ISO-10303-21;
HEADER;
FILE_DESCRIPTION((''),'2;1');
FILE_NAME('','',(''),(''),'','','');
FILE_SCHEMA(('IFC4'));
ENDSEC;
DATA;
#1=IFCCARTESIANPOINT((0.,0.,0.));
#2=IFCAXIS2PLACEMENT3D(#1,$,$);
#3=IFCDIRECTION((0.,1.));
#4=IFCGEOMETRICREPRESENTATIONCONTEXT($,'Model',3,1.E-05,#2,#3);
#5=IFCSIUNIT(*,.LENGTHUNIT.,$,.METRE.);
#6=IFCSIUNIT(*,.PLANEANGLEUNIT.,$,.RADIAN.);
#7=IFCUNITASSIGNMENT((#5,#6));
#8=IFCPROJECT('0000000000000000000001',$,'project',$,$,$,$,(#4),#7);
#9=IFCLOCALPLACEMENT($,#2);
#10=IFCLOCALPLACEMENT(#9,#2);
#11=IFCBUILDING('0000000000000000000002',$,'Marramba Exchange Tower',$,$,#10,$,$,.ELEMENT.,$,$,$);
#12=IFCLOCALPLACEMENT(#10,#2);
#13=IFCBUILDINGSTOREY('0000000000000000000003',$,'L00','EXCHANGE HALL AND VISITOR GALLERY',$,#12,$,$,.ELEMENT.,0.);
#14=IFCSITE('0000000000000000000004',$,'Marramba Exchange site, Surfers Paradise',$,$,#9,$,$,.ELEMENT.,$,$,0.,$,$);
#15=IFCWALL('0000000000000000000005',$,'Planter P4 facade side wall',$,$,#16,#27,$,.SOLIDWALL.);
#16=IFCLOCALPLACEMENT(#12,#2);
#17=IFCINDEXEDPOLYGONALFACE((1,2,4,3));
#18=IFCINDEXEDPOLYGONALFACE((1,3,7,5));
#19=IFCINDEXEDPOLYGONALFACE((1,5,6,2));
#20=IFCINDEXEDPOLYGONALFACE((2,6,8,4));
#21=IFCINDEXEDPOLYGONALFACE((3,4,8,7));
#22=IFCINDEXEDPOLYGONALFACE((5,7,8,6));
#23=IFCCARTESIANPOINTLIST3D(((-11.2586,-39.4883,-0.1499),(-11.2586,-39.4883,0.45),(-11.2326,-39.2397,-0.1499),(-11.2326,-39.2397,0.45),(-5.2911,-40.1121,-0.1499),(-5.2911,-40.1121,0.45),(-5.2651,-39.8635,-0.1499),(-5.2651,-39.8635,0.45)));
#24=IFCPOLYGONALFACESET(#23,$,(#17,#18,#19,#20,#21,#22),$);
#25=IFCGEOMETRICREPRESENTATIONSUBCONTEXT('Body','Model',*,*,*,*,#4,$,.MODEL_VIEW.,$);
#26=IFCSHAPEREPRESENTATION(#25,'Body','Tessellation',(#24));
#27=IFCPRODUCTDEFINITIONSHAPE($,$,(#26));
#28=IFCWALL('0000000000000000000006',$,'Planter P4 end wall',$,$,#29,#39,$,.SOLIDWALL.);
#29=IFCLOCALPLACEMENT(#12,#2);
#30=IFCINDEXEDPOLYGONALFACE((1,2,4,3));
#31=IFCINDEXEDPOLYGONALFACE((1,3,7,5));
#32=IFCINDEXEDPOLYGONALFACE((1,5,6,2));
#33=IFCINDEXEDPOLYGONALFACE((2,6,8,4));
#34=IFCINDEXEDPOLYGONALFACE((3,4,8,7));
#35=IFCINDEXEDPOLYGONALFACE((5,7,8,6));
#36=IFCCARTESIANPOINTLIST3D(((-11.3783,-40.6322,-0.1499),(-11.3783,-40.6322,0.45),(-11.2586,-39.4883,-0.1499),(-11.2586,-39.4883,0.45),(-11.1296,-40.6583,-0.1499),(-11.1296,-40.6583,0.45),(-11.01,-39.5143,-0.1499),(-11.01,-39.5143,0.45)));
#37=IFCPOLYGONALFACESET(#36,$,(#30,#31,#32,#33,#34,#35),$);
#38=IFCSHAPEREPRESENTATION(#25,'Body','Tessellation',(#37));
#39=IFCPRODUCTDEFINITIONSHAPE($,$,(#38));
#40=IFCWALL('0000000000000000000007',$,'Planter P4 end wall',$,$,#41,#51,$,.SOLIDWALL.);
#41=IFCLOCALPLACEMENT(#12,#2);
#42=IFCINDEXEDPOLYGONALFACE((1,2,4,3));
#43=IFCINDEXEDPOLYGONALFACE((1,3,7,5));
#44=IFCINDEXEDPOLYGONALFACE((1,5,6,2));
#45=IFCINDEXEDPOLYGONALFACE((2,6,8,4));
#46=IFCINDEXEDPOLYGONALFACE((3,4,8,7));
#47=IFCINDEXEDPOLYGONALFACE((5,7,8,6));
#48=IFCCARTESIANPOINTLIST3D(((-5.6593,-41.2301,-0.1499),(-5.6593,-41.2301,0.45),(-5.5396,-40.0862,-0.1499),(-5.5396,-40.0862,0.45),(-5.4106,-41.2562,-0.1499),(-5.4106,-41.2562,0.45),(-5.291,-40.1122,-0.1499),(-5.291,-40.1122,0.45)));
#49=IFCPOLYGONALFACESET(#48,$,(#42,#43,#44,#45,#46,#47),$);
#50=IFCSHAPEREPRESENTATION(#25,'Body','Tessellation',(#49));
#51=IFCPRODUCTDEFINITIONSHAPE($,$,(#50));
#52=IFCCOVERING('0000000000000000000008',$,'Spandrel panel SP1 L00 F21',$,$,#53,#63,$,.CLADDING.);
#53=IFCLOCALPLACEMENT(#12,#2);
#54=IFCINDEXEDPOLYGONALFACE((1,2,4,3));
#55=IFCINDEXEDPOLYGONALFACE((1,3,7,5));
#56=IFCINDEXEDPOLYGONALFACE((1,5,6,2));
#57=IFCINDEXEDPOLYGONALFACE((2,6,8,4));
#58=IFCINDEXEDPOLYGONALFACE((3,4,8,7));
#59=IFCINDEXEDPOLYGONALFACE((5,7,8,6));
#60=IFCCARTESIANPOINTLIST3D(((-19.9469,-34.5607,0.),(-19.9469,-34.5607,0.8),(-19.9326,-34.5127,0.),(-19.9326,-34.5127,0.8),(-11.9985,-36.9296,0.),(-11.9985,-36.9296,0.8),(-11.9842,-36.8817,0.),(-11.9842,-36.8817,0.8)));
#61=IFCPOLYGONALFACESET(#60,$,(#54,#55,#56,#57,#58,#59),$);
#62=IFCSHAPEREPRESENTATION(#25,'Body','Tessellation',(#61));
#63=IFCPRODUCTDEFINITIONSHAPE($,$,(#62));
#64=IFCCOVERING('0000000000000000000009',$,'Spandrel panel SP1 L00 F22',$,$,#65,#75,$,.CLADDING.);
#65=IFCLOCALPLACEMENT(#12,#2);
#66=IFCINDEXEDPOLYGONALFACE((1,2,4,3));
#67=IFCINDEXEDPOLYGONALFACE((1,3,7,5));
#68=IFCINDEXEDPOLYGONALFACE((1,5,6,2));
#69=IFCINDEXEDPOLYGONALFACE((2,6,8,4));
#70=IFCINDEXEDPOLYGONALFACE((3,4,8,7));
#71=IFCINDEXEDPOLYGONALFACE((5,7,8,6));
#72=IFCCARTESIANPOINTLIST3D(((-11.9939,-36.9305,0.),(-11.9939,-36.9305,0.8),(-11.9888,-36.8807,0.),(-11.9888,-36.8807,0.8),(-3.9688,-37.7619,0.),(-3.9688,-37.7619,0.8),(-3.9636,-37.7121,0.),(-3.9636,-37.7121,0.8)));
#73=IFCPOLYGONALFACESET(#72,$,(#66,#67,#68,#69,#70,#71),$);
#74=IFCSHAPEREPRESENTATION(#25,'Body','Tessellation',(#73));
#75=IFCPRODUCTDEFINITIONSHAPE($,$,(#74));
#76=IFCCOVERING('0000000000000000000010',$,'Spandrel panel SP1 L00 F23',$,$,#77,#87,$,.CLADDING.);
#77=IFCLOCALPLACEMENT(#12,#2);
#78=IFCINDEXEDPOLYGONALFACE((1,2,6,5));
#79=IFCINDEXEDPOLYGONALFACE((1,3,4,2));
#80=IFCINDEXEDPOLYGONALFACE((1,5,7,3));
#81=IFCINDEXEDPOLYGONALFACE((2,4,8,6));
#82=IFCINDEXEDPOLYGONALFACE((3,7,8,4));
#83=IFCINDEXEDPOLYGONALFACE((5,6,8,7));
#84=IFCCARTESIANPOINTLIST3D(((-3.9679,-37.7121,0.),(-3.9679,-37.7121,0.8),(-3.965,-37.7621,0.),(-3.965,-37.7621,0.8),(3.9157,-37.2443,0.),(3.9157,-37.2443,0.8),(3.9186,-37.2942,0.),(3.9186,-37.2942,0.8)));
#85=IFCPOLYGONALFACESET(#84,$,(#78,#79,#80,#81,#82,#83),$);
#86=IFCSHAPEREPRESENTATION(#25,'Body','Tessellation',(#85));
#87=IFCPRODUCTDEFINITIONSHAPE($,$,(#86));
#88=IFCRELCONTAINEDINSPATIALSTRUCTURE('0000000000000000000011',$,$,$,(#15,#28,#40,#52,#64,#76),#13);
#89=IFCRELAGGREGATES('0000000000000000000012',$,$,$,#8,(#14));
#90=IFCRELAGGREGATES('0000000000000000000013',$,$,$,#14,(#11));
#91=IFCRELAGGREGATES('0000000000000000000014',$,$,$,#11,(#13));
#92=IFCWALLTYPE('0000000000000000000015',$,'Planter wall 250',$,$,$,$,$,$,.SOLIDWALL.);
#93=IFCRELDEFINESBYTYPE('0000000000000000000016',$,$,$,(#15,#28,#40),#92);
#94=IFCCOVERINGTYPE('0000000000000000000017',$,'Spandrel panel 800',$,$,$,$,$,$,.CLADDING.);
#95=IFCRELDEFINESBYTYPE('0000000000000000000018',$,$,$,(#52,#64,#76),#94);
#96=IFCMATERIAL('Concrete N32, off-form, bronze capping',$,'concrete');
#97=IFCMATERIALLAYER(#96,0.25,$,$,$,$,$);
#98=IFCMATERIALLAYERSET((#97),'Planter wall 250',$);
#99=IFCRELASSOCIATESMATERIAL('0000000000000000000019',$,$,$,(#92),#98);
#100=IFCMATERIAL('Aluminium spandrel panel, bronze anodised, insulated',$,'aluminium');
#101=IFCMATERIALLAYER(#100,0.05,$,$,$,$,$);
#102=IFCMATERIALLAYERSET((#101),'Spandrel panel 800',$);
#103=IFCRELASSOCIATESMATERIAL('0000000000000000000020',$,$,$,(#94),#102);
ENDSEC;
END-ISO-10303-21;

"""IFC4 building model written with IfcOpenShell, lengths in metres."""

from ifc_helpers import new_model, si_unit, direction, frame, frame_2d, origin, origin_2d, place, context, subcontext, project, spatial, rectangle, extrude, material, layer, layer_set, type_object, element, save


model = new_model("IFC4")

# Units and contexts
model_context = context("Model", 3, precision=1e-05, world=origin(), true_north=direction((0.0, 1.0)))
body_context = subcontext(model_context, "Body", "Model", "MODEL_VIEW")
ifc_project = project(units=[si_unit("LENGTHUNIT", "METRE"), si_unit("PLANEANGLEUNIT", "RADIAN")], contexts=[model_context])

# Site, building, storey
site_placement = place(None, origin())
site = spatial("IfcSite", under=ifc_project, at=site_placement, Name="Marramba Exchange site, Surfers Paradise", CompositionType="ELEMENT", RefElevation=0.0)
building_placement = place(site_placement, origin())
building = spatial("IfcBuilding", under=site, at=building_placement, Name="Marramba Exchange Tower", CompositionType="ELEMENT")
storey_placement = place(building_placement, origin())
storey = spatial("IfcBuildingStorey", under=building, at=storey_placement, Name="L00", Description="EXCHANGE HALL AND VISITOR GALLERY", CompositionType="ELEMENT", Elevation=0.0)

# Walls
ifc_material_1 = material(Name="Concrete N32, off-form, bronze capping", Category="concrete")
ifc_layer_1 = layer(ifc_material_1, 0.25)
ifc_layer_set_1 = layer_set([ifc_layer_1], Name="Planter wall 250")
wall_type_1 = type_object("IfcWallType", Name="Planter wall 250", PredefinedType="SOLIDWALL", material=ifc_layer_set_1)
wall_1_placement = place(storey_placement, frame((-11.2456, -39.364, -0.1499), z_axis=(0.0, 0.0, 1.0), x_axis=(0.994581, -0.103962, 0.0)))
element("IfcWall", 1, at=wall_1_placement, inside=storey, type_object=wall_type_1, Name="Planter P4 facade side wall", PredefinedType="SOLIDWALL", context=body_context, shape_type="SweptSolid", body=[
    extrude(rectangle(XDim=6.0, YDim=0.25, at=frame_2d((3.0, 0.0))), origin(), (0.0, 0.0, 1.0), 0.5999),
])
for number, where, z_axis, x_axis, name in (
    (2, (-11.1343, -39.5012, -0.1499), (0.0, 0.0, 1.0), (-0.104022, -0.994575, 0.0), "Planter P4 end wall"),
    (3, (-5.4153, -40.0991, -0.1499), (0.0, 0.0, 1.0), (-0.104022, -0.994575, 0.0), "Planter P4 end wall"),
):
    element("IfcWall", number, at=place(storey_placement, frame(where, z_axis=z_axis, x_axis=x_axis)), inside=storey, type_object=wall_type_1, Name=name, PredefinedType="SOLIDWALL", context=body_context, shape_type="SweptSolid", body=[
        extrude(rectangle(XDim=1.1501, YDim=0.25, at=frame_2d((0.5752, 0.0))), origin(), (0.0, 0.0, 1.0), 0.5999),
    ])

# Coverings
ifc_material_2 = material(Name="Aluminium spandrel panel, bronze anodised, insulated", Category="aluminium")
ifc_layer_2 = layer(ifc_material_2, 0.05)
ifc_layer_set_2 = layer_set([ifc_layer_2], Name="Spandrel panel 800")
covering_type = type_object("IfcCoveringType", Name="Spandrel panel 800", PredefinedType="CLADDING", material=ifc_layer_set_2)
covering_1_placement = place(storey_placement, frame((-15.9656, -35.7212, 0.0), z_axis=(0.0, 0.0, 1.0), x_axis=(0.958343, -0.285621, 0.0)))
element("IfcCovering", 4, at=covering_1_placement, inside=storey, type_object=covering_type, Name="Spandrel panel SP1 L00 F21", PredefinedType="CLADDING", context=body_context, shape_type="SweptSolid", body=[
    extrude(rectangle(XDim=8.2939, YDim=0.05, at=origin_2d()), origin(), (0.0, 0.0, 1.0), 0.8),
])
covering_2_placement = place(storey_placement, frame((-7.9788, -37.3213, 0.0), z_axis=(0.0, 0.0, 1.0), x_axis=(0.994677, -0.103043, 0.0)))
element("IfcCovering", 5, at=covering_2_placement, inside=storey, type_object=covering_type, Name="Spandrel panel SP1 L00 F22", PredefinedType="CLADDING", context=body_context, shape_type="SweptSolid", body=[
    extrude(rectangle(XDim=8.0681, YDim=0.05, at=origin_2d()), origin(), (0.0, 0.0, 1.0), 0.8),
])
covering_3_placement = place(storey_placement, frame((-0.0247, -37.5032, 0.0), z_axis=(0.0, 0.0, 1.0), x_axis=(0.998244, 0.059244, 0.0)))
element("IfcCovering", 6, at=covering_3_placement, inside=storey, type_object=covering_type, Name="Spandrel panel SP1 L00 F23", PredefinedType="CLADDING", context=body_context, shape_type="SweptSolid", body=[
    extrude(rectangle(XDim=7.8975, YDim=0.05, at=origin_2d()), origin(), (0.0, 0.0, 1.0), 0.8),
])

save(model, "model.ifc")
